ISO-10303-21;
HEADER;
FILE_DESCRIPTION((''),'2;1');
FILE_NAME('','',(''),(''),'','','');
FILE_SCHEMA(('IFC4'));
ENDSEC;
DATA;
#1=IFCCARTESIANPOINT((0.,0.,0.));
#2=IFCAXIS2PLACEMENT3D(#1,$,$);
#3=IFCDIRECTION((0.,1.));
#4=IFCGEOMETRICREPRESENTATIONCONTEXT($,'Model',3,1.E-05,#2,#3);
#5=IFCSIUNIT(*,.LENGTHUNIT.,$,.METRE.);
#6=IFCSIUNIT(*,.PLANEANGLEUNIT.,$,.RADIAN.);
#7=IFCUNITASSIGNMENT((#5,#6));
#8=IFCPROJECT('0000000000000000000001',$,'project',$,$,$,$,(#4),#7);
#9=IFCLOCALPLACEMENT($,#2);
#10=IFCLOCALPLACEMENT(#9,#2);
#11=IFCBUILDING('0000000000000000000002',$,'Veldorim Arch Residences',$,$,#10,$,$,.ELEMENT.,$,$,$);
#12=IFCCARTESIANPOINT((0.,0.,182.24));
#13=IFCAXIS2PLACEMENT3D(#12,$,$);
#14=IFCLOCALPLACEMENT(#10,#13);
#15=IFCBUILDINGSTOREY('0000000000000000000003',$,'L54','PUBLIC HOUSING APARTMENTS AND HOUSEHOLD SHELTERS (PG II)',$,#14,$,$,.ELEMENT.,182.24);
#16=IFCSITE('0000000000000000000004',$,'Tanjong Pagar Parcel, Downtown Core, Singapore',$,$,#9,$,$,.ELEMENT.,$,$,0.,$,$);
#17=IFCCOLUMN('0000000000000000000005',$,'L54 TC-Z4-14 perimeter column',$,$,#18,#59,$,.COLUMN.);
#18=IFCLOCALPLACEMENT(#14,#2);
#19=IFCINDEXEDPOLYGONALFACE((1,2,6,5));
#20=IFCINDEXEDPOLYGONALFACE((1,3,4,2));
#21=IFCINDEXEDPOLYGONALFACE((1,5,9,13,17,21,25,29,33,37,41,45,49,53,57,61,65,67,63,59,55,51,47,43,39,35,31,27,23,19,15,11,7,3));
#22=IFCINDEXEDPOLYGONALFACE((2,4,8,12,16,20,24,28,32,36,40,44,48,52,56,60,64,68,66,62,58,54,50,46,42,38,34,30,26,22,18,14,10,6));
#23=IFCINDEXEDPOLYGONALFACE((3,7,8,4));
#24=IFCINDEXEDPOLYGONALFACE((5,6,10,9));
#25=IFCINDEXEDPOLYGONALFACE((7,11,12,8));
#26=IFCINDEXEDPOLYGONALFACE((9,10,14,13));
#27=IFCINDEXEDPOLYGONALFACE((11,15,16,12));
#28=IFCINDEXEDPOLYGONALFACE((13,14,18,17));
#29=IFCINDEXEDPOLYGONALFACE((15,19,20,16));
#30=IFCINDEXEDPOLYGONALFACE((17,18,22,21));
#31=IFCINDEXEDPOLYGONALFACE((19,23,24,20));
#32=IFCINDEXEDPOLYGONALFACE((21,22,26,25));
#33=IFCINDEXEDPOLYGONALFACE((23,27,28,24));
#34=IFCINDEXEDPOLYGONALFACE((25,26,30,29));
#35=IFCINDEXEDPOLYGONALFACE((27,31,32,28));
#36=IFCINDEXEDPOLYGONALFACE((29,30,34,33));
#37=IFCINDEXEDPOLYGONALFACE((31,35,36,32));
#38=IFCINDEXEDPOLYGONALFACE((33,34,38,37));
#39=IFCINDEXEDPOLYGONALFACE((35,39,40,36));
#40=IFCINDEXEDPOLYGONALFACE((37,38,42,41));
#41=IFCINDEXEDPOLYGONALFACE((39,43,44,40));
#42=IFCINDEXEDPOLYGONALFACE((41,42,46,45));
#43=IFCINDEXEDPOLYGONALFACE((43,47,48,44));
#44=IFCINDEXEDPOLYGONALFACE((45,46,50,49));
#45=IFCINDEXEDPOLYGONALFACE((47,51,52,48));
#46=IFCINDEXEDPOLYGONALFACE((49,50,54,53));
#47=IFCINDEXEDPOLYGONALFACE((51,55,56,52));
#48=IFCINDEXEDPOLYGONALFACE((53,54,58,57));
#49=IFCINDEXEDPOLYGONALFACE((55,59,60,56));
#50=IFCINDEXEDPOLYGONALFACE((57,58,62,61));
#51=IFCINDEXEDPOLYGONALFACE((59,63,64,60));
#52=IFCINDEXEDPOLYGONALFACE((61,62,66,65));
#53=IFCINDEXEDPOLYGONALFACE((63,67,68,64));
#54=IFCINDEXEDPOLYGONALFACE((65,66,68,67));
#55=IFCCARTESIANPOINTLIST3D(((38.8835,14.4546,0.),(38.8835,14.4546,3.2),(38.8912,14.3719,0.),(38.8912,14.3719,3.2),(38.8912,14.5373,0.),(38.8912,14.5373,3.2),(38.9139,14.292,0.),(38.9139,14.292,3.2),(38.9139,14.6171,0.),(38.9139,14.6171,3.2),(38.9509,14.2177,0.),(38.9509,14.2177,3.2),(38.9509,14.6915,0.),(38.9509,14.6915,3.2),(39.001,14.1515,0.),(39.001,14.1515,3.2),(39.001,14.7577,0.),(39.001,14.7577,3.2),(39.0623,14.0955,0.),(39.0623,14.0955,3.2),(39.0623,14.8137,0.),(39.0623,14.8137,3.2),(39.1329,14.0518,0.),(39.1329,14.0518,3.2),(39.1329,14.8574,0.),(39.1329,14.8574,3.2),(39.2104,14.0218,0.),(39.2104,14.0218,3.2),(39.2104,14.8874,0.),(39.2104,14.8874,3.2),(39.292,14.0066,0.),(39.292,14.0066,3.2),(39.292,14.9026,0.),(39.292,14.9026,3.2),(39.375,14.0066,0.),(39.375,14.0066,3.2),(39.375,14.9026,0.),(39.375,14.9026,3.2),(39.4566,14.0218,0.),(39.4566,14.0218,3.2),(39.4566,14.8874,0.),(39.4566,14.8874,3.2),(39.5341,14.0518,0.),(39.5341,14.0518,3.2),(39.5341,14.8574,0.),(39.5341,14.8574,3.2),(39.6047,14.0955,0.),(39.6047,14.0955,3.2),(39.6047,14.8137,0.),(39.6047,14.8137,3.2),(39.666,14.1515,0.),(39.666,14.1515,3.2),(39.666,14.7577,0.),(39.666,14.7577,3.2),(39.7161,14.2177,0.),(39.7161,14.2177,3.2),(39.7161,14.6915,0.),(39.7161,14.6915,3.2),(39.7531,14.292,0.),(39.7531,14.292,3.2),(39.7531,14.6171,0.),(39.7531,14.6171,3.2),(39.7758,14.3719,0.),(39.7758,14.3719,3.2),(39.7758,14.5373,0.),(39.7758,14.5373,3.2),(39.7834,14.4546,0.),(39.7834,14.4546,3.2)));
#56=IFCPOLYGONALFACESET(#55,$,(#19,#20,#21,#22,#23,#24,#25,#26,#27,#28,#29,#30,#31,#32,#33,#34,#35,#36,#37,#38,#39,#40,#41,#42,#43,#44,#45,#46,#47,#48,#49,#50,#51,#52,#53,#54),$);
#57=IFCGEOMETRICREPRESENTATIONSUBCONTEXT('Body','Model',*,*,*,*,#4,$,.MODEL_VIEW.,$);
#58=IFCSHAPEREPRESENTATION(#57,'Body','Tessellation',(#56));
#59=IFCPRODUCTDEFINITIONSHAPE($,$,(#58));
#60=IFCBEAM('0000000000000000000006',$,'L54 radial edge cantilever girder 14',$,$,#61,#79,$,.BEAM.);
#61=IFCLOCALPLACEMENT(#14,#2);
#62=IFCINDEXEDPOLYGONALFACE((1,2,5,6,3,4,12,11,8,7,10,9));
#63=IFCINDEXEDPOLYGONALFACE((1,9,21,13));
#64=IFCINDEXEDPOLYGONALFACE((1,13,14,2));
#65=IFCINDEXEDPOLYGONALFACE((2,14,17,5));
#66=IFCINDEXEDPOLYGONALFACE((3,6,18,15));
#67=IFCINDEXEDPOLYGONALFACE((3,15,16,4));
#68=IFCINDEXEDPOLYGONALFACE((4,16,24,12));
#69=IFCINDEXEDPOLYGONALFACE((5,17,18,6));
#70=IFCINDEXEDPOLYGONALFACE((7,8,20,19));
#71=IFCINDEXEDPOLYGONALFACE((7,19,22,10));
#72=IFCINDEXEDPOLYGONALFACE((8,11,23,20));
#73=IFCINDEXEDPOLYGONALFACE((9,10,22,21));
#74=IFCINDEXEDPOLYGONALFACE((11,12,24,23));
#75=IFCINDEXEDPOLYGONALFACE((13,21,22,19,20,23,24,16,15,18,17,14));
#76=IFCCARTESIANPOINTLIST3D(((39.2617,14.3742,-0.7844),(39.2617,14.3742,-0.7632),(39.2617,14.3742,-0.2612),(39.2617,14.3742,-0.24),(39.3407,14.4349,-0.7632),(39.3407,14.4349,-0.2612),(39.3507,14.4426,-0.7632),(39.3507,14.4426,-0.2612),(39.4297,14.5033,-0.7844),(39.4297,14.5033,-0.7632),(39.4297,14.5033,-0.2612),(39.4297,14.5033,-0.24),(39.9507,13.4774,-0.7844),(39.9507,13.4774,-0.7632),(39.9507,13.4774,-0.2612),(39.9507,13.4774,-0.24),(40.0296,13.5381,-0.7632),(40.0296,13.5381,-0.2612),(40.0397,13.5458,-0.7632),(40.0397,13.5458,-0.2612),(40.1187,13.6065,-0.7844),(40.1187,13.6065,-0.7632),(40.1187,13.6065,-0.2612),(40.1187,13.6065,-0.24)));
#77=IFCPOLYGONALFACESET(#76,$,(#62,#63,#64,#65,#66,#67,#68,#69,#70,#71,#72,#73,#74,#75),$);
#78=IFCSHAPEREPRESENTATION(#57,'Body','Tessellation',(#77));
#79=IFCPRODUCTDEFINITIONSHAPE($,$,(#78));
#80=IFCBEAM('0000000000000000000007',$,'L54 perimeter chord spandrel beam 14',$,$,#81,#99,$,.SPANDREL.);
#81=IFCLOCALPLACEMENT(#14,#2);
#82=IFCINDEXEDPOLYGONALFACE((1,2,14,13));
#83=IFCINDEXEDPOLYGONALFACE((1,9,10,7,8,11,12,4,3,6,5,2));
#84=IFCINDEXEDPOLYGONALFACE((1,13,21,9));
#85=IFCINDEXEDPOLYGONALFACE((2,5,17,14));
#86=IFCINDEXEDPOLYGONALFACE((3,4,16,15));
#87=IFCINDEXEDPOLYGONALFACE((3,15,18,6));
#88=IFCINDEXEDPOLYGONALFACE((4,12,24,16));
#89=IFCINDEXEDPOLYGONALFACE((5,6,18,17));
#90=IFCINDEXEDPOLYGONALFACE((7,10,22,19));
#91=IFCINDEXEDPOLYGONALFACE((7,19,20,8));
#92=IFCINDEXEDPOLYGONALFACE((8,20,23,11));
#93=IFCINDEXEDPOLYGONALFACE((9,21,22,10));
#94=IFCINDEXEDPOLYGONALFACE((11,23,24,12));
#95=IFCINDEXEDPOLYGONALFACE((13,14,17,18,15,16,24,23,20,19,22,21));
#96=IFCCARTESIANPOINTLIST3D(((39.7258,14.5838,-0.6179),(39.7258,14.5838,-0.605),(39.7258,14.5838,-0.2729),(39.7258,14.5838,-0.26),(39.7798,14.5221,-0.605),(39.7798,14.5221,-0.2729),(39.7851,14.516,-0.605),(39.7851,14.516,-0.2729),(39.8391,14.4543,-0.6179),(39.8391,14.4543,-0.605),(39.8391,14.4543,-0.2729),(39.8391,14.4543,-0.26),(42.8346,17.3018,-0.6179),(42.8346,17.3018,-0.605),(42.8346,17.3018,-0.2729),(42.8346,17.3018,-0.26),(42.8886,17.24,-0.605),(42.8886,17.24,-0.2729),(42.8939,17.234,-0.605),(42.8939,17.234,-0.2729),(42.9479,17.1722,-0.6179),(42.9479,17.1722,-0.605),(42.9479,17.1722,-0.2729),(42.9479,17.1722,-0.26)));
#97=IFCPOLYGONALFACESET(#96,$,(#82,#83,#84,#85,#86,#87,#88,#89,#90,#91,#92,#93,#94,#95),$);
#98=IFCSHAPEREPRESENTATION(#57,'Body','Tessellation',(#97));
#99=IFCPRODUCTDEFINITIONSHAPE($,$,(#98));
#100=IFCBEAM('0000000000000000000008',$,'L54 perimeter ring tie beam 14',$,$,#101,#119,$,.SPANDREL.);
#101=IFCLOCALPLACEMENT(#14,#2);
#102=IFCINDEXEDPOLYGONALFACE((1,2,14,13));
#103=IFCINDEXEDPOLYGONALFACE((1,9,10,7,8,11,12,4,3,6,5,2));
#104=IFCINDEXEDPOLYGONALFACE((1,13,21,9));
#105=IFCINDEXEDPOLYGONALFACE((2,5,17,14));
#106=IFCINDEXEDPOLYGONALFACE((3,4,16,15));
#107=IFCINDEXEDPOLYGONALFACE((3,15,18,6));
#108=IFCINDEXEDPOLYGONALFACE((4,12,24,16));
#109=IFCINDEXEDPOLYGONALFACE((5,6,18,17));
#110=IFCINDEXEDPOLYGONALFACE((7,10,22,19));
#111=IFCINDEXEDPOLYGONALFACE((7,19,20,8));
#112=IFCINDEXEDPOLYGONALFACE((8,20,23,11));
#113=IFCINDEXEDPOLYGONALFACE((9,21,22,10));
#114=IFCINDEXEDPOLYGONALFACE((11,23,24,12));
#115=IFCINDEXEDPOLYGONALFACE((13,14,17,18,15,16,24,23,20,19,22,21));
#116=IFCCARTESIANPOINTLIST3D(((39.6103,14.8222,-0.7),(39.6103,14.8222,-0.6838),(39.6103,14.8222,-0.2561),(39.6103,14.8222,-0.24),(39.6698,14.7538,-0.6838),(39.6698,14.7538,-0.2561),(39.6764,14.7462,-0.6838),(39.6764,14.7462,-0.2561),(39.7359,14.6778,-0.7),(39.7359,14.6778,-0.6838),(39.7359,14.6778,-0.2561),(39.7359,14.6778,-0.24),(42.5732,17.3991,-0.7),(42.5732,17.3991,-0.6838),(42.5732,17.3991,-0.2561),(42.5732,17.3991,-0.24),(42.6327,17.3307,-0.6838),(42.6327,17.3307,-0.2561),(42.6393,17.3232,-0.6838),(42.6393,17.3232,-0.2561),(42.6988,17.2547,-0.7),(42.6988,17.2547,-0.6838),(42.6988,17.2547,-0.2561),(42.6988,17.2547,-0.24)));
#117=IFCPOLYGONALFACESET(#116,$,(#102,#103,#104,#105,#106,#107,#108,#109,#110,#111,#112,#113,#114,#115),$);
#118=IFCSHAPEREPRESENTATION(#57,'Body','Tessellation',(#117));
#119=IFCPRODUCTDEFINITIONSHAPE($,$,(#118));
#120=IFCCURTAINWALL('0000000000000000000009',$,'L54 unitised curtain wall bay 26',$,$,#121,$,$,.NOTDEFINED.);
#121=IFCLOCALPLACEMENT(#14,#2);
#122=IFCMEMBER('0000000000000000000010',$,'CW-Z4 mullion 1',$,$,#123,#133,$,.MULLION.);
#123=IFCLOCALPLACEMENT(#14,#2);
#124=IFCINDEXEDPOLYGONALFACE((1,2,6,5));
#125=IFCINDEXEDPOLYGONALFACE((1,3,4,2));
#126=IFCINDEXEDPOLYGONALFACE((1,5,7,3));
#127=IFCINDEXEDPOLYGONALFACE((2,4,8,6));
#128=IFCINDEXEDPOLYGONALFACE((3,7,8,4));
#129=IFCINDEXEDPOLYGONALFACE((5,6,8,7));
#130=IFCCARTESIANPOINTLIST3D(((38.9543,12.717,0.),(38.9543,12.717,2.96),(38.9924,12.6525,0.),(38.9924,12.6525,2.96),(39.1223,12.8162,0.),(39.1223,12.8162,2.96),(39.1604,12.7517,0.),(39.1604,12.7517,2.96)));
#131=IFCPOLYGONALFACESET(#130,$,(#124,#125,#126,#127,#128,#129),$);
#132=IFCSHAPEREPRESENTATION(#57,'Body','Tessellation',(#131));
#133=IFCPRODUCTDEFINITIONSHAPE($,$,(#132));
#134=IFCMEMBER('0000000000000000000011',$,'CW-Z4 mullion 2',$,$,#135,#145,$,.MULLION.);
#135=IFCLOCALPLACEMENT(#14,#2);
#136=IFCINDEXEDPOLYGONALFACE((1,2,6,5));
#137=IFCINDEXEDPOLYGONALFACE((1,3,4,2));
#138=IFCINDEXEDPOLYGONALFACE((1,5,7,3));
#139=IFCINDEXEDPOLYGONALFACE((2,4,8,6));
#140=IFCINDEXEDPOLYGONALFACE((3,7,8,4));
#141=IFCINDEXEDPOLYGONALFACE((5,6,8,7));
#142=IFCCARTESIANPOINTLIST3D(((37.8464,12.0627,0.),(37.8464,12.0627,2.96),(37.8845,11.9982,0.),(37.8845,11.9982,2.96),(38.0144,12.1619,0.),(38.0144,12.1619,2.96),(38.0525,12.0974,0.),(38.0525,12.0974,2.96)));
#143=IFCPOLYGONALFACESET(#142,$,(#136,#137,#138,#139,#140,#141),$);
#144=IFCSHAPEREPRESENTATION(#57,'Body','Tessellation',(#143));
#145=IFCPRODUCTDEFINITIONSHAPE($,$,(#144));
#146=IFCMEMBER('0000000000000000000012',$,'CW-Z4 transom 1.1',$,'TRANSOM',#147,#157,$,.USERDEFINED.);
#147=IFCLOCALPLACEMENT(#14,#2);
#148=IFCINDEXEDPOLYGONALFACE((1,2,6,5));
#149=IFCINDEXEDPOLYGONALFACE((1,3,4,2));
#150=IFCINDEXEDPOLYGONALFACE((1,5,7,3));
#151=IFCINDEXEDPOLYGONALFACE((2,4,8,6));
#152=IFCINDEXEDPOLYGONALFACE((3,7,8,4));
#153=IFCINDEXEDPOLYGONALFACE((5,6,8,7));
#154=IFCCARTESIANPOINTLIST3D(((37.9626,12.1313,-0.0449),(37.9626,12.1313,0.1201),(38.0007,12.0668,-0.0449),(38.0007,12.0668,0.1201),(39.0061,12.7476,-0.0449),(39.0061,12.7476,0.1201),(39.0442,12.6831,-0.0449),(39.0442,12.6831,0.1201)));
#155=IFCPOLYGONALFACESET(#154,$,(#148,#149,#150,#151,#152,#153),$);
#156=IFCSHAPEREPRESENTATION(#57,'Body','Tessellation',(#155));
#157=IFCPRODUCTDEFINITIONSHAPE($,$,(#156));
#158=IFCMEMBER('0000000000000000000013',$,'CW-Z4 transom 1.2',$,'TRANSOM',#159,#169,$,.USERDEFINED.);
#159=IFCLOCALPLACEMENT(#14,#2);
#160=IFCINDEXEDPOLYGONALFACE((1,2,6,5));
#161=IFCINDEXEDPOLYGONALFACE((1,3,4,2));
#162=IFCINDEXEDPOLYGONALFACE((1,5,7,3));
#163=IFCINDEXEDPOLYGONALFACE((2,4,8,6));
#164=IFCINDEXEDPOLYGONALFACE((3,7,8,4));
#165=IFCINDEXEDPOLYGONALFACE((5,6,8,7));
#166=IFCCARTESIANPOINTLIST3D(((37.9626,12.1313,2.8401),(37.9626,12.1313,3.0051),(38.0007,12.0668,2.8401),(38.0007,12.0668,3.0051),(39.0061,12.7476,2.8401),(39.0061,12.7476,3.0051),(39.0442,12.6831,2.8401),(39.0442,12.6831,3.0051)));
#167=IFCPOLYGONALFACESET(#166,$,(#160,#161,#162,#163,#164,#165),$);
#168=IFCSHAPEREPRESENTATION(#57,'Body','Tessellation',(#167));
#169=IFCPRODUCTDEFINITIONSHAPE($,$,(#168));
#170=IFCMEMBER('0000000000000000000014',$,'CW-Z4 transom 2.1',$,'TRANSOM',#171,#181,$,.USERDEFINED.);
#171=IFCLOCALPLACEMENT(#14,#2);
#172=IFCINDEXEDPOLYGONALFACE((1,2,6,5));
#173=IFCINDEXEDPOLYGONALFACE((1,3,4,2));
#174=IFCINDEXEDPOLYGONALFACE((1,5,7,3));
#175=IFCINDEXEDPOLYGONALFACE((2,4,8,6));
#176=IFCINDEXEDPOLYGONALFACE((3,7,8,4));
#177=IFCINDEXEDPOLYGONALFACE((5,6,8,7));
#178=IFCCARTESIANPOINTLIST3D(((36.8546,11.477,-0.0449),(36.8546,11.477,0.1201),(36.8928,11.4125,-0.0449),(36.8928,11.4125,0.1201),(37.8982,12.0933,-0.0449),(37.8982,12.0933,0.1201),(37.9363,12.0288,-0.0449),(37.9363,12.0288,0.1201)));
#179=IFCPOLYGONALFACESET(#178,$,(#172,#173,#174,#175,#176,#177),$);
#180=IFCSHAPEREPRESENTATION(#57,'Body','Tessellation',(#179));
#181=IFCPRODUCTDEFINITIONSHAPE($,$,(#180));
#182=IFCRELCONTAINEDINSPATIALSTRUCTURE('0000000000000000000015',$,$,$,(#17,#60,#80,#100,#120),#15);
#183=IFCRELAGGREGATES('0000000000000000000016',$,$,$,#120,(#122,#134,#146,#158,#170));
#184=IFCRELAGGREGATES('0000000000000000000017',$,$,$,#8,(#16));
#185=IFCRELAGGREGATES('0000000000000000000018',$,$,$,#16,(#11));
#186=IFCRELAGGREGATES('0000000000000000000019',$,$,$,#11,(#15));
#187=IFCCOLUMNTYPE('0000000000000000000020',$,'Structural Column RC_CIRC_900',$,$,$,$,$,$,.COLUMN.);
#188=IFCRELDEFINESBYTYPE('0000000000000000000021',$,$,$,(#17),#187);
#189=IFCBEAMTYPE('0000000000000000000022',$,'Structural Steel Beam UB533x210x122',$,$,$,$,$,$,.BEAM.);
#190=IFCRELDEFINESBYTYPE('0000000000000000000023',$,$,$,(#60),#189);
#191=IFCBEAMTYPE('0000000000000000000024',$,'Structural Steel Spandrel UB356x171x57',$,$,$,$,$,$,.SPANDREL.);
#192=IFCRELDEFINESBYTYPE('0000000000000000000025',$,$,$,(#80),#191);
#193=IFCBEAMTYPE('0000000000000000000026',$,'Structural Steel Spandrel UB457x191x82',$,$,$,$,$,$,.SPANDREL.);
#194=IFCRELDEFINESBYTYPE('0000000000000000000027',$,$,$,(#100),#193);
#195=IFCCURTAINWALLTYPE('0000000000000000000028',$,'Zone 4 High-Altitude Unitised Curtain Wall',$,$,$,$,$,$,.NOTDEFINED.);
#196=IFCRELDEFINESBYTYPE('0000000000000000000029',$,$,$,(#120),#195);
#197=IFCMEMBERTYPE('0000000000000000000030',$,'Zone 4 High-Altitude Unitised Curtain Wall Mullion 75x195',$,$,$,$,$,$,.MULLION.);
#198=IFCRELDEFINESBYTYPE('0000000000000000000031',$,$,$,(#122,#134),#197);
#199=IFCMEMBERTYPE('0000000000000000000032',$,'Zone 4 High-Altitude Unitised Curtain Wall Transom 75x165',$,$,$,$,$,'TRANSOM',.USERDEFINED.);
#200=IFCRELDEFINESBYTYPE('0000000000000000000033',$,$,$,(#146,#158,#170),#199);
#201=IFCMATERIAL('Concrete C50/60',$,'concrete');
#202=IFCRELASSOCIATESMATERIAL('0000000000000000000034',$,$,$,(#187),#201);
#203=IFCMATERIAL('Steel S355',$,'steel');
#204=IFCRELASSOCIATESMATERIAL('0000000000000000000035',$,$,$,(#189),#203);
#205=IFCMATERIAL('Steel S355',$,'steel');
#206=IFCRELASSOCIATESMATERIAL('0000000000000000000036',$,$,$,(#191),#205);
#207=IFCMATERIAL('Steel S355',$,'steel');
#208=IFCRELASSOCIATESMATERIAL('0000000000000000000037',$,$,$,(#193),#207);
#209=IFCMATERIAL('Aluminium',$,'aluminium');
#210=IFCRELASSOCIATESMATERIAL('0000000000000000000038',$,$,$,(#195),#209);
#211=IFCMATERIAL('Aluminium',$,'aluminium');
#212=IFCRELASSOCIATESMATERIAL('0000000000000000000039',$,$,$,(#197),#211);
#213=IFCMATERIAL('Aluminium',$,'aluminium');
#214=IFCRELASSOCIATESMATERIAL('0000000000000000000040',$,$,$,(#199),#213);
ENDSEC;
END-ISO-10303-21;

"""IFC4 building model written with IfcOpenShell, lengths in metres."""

from ifc_helpers import new_model, si_unit, direction, frame, origin, origin_2d, place, context, subcontext, project, spatial, rectangle, circle, i_section, extrude, material, material_profile, profile_set, type_object, element, aggregate, save


model = new_model("IFC4")

# Units and contexts
model_context = context("Model", 3, precision=1e-05, world=origin(), true_north=direction((0.0, 1.0)))
body_context = subcontext(model_context, "Body", "Model", "MODEL_VIEW")
ifc_project = project(units=[si_unit("LENGTHUNIT", "METRE"), si_unit("PLANEANGLEUNIT", "RADIAN")], contexts=[model_context])

# Site, building, storey
site_placement = place(None, origin())
site = spatial("IfcSite", under=ifc_project, at=site_placement, Name="Tanjong Pagar Parcel, Downtown Core, Singapore", CompositionType="ELEMENT", RefElevation=0.0)
building_placement = place(site_placement, origin())
building = spatial("IfcBuilding", under=site, at=building_placement, Name="Veldorim Arch Residences", CompositionType="ELEMENT")
storey_placement = place(building_placement, frame((0.0, 0.0, 182.24)))
storey = spatial("IfcBuildingStorey", under=building, at=storey_placement, Name="L54", Description="PUBLIC HOUSING APARTMENTS AND HOUSEHOLD SHELTERS (PG II)", CompositionType="ELEMENT", Elevation=182.24)

# Column
ifc_material_1 = material(Name="Concrete C50/60", Category="concrete")
ifc_material_profile_1 = material_profile(ifc_material_1, circle(Radius=0.45, at=origin_2d()), Name="RC_CIRC_900")
ifc_profile_set_1 = profile_set([ifc_material_profile_1], Name="Concrete C50/60")
column_type = type_object("IfcColumnType", Name="Structural Column RC_CIRC_900", PredefinedType="COLUMN", material=ifc_profile_set_1)
column_placement = place(storey_placement, frame((39.3335, 14.4546, 0.0), z_axis=(0.0, 0.0, 1.0), x_axis=(1.0, 0.0, 0.0)))
element("IfcColumn", 1, at=column_placement, inside=storey, type_object=column_type, Name="L54 TC-Z4-14 perimeter column", PredefinedType="COLUMN", context=body_context, shape_type="SweptSolid", body=[
    extrude(circle(Radius=0.45, at=origin_2d()), origin(), (0.0, 0.0, 1.0), 3.2),
])

# Beams
ifc_material_2 = material(Name="Steel S355", Category="steel")
ifc_material_profile_2 = material_profile(ifc_material_2, i_section(OverallWidth=0.2119, OverallDepth=0.5444, WebThickness=0.0127, FlangeThickness=0.0212, at=origin_2d()), Name="UB533x210x122")
ifc_profile_set_2 = profile_set([ifc_material_profile_2], Name="Steel S355")
beam_type_1 = type_object("IfcBeamType", Name="Structural Steel Beam UB533x210x122", PredefinedType="BEAM", material=ifc_profile_set_2)
beam_1_placement = place(storey_placement, frame((39.3457, 14.4387, -0.5122), z_axis=(0.609252, -0.792977, 0.0), x_axis=(0.792977, 0.609252, 0.0)))
element("IfcBeam", 2, at=beam_1_placement, inside=storey, type_object=beam_type_1, Name="L54 radial edge cantilever girder 14", PredefinedType="BEAM", context=body_context, shape_type="SweptSolid", body=[
    extrude(i_section(OverallWidth=0.2119, OverallDepth=0.5444, WebThickness=0.0127, FlangeThickness=0.0212, at=origin_2d()), origin(), (0.0, 0.0, 1.0), 1.1309),
])
ifc_material_3 = material(Name="Steel S355", Category="steel")
ifc_material_profile_3 = material_profile(ifc_material_3, i_section(OverallWidth=0.1721, OverallDepth=0.3579, WebThickness=0.0081, FlangeThickness=0.0129, at=origin_2d()), Name="UB356x171x57")
ifc_profile_set_3 = profile_set([ifc_material_profile_3], Name="Steel S355")
beam_type_2 = type_object("IfcBeamType", Name="Structural Steel Spandrel UB356x171x57", PredefinedType="SPANDREL", material=ifc_profile_set_3)
beam_2_placement = place(storey_placement, frame((39.7825, 14.519, -0.439), z_axis=(0.752848, 0.658195, 0.0), x_axis=(-0.658195, 0.752848, 0.0)))
element("IfcBeam", 3, at=beam_2_placement, inside=storey, type_object=beam_type_2, Name="L54 perimeter chord spandrel beam 14", PredefinedType="SPANDREL", context=body_context, shape_type="SweptSolid", body=[
    extrude(i_section(OverallWidth=0.1721, OverallDepth=0.3579, WebThickness=0.0081, FlangeThickness=0.0129, at=origin_2d()), origin(), (0.0, 0.0, 1.0), 4.1294),
])
ifc_material_4 = material(Name="Steel S355", Category="steel")
ifc_material_profile_4 = material_profile(ifc_material_4, i_section(OverallWidth=0.1914, OverallDepth=0.46, WebThickness=0.01, FlangeThickness=0.0161, at=origin_2d()), Name="UB457x191x82")
ifc_profile_set_4 = profile_set([ifc_material_profile_4], Name="Steel S355")
beam_type_3 = type_object("IfcBeamType", Name="Structural Steel Spandrel UB457x191x82", PredefinedType="SPANDREL", material=ifc_profile_set_4)
beam_3_placement = place(storey_placement, frame((39.6731, 14.75, -0.47), z_axis=(0.754545, 0.656248, 0.0), x_axis=(-0.656248, 0.754545, 0.0)))
element("IfcBeam", 4, at=beam_3_placement, inside=storey, type_object=beam_type_3, Name="L54 perimeter ring tie beam 14", PredefinedType="SPANDREL", context=body_context, shape_type="SweptSolid", body=[
    extrude(i_section(OverallWidth=0.1914, OverallDepth=0.46, WebThickness=0.01, FlangeThickness=0.0161, at=origin_2d()), origin(), (0.0, 0.0, 1.0), 3.9268),
])

# Curtain wall, members
ifc_material_5 = material(Name="Aluminium", Category="aluminium")
curtain_wall_type = type_object("IfcCurtainWallType", Name="Zone 4 High-Altitude Unitised Curtain Wall", PredefinedType="NOTDEFINED", material=ifc_material_5)
curtain_wall_placement = place(storey_placement, origin())
curtain_wall = element("IfcCurtainWall", 5, at=curtain_wall_placement, inside=storey, type_object=curtain_wall_type, Name="L54 unitised curtain wall bay 26", PredefinedType="NOTDEFINED")
ifc_material_6 = material(Name="Aluminium", Category="aluminium")
ifc_material_profile_5 = material_profile(ifc_material_6, rectangle(XDim=0.075, YDim=0.1951, at=origin_2d()), Name="ALU_MUL_75x195")
ifc_profile_set_5 = profile_set([ifc_material_profile_5], Name="Aluminium")
member_type_1 = type_object("IfcMemberType", Name="Zone 4 High-Altitude Unitised Curtain Wall Mullion 75x195", PredefinedType="MULLION", material=ifc_profile_set_5)
member_1_placement = place(storey_placement, frame((39.0574, 12.7344, 0.0), z_axis=(0.0, 0.0, 1.0), x_axis=(0.508514, -0.861054, 0.0)))
member_1 = element("IfcMember", 6, at=member_1_placement, type_object=member_type_1, Name="CW-Z4 mullion 1", PredefinedType="MULLION", context=body_context, shape_type="SweptSolid", body=[
    extrude(rectangle(XDim=0.075, YDim=0.1951, at=origin_2d()), origin(), (0.0, 0.0, 1.0), 2.96),
])
member_2_placement = place(storey_placement, frame((37.9495, 12.0801, 0.0), z_axis=(0.0, 0.0, 1.0), x_axis=(0.508514, -0.861054, 0.0)))
member_2 = element("IfcMember", 7, at=member_2_placement, type_object=member_type_1, Name="CW-Z4 mullion 2", PredefinedType="MULLION", context=body_context, shape_type="SweptSolid", body=[
    extrude(rectangle(XDim=0.075, YDim=0.1951, at=origin_2d()), origin(), (0.0, 0.0, 1.0), 2.96),
])
ifc_material_7 = material(Name="Aluminium", Category="aluminium")
ifc_material_profile_6 = material_profile(ifc_material_7, rectangle(XDim=0.075, YDim=0.165, at=origin_2d()), Name="ALU_TRN_75x165")
ifc_profile_set_6 = profile_set([ifc_material_profile_6], Name="Aluminium")
member_type_2 = type_object("IfcMemberType", Name="Zone 4 High-Altitude Unitised Curtain Wall Transom 75x165", ElementType="TRANSOM", PredefinedType="USERDEFINED", material=ifc_profile_set_6)
member_3_placement = place(storey_placement, frame((39.0251, 12.7153, 0.0376), z_axis=(-0.861063, -0.508499, 0.0), x_axis=(0.508499, -0.861063, 0.0)))
member_3 = element("IfcMember", 8, at=member_3_placement, type_object=member_type_2, Name="CW-Z4 transom 1.1", ObjectType="TRANSOM", PredefinedType="USERDEFINED", context=body_context, shape_type="SweptSolid", body=[
    extrude(rectangle(XDim=0.075, YDim=0.165, at=origin_2d()), origin(), (0.0, 0.0, 1.0), 1.2119),
])
member_4_placement = place(storey_placement, frame((39.0251, 12.7153, 2.9226), z_axis=(-0.861063, -0.508499, 0.0), x_axis=(0.508499, -0.861063, 0.0)))
member_4 = element("IfcMember", 9, at=member_4_placement, type_object=member_type_2, Name="CW-Z4 transom 1.2", ObjectType="TRANSOM", PredefinedType="USERDEFINED", context=body_context, shape_type="SweptSolid", body=[
    extrude(rectangle(XDim=0.075, YDim=0.165, at=origin_2d()), origin(), (0.0, 0.0, 1.0), 1.2119),
])
member_5_placement = place(storey_placement, frame((37.9172, 12.061, 0.0376), z_axis=(-0.861063, -0.508499, 0.0), x_axis=(0.508499, -0.861063, 0.0)))
member_5 = element("IfcMember", 10, at=member_5_placement, type_object=member_type_2, Name="CW-Z4 transom 2.1", ObjectType="TRANSOM", PredefinedType="USERDEFINED", context=body_context, shape_type="SweptSolid", body=[
    extrude(rectangle(XDim=0.075, YDim=0.165, at=origin_2d()), origin(), (0.0, 0.0, 1.0), 1.2119),
])
aggregate(curtain_wall, [member_1, member_2, member_3, member_4, member_5])

save(model, "model.ifc")
